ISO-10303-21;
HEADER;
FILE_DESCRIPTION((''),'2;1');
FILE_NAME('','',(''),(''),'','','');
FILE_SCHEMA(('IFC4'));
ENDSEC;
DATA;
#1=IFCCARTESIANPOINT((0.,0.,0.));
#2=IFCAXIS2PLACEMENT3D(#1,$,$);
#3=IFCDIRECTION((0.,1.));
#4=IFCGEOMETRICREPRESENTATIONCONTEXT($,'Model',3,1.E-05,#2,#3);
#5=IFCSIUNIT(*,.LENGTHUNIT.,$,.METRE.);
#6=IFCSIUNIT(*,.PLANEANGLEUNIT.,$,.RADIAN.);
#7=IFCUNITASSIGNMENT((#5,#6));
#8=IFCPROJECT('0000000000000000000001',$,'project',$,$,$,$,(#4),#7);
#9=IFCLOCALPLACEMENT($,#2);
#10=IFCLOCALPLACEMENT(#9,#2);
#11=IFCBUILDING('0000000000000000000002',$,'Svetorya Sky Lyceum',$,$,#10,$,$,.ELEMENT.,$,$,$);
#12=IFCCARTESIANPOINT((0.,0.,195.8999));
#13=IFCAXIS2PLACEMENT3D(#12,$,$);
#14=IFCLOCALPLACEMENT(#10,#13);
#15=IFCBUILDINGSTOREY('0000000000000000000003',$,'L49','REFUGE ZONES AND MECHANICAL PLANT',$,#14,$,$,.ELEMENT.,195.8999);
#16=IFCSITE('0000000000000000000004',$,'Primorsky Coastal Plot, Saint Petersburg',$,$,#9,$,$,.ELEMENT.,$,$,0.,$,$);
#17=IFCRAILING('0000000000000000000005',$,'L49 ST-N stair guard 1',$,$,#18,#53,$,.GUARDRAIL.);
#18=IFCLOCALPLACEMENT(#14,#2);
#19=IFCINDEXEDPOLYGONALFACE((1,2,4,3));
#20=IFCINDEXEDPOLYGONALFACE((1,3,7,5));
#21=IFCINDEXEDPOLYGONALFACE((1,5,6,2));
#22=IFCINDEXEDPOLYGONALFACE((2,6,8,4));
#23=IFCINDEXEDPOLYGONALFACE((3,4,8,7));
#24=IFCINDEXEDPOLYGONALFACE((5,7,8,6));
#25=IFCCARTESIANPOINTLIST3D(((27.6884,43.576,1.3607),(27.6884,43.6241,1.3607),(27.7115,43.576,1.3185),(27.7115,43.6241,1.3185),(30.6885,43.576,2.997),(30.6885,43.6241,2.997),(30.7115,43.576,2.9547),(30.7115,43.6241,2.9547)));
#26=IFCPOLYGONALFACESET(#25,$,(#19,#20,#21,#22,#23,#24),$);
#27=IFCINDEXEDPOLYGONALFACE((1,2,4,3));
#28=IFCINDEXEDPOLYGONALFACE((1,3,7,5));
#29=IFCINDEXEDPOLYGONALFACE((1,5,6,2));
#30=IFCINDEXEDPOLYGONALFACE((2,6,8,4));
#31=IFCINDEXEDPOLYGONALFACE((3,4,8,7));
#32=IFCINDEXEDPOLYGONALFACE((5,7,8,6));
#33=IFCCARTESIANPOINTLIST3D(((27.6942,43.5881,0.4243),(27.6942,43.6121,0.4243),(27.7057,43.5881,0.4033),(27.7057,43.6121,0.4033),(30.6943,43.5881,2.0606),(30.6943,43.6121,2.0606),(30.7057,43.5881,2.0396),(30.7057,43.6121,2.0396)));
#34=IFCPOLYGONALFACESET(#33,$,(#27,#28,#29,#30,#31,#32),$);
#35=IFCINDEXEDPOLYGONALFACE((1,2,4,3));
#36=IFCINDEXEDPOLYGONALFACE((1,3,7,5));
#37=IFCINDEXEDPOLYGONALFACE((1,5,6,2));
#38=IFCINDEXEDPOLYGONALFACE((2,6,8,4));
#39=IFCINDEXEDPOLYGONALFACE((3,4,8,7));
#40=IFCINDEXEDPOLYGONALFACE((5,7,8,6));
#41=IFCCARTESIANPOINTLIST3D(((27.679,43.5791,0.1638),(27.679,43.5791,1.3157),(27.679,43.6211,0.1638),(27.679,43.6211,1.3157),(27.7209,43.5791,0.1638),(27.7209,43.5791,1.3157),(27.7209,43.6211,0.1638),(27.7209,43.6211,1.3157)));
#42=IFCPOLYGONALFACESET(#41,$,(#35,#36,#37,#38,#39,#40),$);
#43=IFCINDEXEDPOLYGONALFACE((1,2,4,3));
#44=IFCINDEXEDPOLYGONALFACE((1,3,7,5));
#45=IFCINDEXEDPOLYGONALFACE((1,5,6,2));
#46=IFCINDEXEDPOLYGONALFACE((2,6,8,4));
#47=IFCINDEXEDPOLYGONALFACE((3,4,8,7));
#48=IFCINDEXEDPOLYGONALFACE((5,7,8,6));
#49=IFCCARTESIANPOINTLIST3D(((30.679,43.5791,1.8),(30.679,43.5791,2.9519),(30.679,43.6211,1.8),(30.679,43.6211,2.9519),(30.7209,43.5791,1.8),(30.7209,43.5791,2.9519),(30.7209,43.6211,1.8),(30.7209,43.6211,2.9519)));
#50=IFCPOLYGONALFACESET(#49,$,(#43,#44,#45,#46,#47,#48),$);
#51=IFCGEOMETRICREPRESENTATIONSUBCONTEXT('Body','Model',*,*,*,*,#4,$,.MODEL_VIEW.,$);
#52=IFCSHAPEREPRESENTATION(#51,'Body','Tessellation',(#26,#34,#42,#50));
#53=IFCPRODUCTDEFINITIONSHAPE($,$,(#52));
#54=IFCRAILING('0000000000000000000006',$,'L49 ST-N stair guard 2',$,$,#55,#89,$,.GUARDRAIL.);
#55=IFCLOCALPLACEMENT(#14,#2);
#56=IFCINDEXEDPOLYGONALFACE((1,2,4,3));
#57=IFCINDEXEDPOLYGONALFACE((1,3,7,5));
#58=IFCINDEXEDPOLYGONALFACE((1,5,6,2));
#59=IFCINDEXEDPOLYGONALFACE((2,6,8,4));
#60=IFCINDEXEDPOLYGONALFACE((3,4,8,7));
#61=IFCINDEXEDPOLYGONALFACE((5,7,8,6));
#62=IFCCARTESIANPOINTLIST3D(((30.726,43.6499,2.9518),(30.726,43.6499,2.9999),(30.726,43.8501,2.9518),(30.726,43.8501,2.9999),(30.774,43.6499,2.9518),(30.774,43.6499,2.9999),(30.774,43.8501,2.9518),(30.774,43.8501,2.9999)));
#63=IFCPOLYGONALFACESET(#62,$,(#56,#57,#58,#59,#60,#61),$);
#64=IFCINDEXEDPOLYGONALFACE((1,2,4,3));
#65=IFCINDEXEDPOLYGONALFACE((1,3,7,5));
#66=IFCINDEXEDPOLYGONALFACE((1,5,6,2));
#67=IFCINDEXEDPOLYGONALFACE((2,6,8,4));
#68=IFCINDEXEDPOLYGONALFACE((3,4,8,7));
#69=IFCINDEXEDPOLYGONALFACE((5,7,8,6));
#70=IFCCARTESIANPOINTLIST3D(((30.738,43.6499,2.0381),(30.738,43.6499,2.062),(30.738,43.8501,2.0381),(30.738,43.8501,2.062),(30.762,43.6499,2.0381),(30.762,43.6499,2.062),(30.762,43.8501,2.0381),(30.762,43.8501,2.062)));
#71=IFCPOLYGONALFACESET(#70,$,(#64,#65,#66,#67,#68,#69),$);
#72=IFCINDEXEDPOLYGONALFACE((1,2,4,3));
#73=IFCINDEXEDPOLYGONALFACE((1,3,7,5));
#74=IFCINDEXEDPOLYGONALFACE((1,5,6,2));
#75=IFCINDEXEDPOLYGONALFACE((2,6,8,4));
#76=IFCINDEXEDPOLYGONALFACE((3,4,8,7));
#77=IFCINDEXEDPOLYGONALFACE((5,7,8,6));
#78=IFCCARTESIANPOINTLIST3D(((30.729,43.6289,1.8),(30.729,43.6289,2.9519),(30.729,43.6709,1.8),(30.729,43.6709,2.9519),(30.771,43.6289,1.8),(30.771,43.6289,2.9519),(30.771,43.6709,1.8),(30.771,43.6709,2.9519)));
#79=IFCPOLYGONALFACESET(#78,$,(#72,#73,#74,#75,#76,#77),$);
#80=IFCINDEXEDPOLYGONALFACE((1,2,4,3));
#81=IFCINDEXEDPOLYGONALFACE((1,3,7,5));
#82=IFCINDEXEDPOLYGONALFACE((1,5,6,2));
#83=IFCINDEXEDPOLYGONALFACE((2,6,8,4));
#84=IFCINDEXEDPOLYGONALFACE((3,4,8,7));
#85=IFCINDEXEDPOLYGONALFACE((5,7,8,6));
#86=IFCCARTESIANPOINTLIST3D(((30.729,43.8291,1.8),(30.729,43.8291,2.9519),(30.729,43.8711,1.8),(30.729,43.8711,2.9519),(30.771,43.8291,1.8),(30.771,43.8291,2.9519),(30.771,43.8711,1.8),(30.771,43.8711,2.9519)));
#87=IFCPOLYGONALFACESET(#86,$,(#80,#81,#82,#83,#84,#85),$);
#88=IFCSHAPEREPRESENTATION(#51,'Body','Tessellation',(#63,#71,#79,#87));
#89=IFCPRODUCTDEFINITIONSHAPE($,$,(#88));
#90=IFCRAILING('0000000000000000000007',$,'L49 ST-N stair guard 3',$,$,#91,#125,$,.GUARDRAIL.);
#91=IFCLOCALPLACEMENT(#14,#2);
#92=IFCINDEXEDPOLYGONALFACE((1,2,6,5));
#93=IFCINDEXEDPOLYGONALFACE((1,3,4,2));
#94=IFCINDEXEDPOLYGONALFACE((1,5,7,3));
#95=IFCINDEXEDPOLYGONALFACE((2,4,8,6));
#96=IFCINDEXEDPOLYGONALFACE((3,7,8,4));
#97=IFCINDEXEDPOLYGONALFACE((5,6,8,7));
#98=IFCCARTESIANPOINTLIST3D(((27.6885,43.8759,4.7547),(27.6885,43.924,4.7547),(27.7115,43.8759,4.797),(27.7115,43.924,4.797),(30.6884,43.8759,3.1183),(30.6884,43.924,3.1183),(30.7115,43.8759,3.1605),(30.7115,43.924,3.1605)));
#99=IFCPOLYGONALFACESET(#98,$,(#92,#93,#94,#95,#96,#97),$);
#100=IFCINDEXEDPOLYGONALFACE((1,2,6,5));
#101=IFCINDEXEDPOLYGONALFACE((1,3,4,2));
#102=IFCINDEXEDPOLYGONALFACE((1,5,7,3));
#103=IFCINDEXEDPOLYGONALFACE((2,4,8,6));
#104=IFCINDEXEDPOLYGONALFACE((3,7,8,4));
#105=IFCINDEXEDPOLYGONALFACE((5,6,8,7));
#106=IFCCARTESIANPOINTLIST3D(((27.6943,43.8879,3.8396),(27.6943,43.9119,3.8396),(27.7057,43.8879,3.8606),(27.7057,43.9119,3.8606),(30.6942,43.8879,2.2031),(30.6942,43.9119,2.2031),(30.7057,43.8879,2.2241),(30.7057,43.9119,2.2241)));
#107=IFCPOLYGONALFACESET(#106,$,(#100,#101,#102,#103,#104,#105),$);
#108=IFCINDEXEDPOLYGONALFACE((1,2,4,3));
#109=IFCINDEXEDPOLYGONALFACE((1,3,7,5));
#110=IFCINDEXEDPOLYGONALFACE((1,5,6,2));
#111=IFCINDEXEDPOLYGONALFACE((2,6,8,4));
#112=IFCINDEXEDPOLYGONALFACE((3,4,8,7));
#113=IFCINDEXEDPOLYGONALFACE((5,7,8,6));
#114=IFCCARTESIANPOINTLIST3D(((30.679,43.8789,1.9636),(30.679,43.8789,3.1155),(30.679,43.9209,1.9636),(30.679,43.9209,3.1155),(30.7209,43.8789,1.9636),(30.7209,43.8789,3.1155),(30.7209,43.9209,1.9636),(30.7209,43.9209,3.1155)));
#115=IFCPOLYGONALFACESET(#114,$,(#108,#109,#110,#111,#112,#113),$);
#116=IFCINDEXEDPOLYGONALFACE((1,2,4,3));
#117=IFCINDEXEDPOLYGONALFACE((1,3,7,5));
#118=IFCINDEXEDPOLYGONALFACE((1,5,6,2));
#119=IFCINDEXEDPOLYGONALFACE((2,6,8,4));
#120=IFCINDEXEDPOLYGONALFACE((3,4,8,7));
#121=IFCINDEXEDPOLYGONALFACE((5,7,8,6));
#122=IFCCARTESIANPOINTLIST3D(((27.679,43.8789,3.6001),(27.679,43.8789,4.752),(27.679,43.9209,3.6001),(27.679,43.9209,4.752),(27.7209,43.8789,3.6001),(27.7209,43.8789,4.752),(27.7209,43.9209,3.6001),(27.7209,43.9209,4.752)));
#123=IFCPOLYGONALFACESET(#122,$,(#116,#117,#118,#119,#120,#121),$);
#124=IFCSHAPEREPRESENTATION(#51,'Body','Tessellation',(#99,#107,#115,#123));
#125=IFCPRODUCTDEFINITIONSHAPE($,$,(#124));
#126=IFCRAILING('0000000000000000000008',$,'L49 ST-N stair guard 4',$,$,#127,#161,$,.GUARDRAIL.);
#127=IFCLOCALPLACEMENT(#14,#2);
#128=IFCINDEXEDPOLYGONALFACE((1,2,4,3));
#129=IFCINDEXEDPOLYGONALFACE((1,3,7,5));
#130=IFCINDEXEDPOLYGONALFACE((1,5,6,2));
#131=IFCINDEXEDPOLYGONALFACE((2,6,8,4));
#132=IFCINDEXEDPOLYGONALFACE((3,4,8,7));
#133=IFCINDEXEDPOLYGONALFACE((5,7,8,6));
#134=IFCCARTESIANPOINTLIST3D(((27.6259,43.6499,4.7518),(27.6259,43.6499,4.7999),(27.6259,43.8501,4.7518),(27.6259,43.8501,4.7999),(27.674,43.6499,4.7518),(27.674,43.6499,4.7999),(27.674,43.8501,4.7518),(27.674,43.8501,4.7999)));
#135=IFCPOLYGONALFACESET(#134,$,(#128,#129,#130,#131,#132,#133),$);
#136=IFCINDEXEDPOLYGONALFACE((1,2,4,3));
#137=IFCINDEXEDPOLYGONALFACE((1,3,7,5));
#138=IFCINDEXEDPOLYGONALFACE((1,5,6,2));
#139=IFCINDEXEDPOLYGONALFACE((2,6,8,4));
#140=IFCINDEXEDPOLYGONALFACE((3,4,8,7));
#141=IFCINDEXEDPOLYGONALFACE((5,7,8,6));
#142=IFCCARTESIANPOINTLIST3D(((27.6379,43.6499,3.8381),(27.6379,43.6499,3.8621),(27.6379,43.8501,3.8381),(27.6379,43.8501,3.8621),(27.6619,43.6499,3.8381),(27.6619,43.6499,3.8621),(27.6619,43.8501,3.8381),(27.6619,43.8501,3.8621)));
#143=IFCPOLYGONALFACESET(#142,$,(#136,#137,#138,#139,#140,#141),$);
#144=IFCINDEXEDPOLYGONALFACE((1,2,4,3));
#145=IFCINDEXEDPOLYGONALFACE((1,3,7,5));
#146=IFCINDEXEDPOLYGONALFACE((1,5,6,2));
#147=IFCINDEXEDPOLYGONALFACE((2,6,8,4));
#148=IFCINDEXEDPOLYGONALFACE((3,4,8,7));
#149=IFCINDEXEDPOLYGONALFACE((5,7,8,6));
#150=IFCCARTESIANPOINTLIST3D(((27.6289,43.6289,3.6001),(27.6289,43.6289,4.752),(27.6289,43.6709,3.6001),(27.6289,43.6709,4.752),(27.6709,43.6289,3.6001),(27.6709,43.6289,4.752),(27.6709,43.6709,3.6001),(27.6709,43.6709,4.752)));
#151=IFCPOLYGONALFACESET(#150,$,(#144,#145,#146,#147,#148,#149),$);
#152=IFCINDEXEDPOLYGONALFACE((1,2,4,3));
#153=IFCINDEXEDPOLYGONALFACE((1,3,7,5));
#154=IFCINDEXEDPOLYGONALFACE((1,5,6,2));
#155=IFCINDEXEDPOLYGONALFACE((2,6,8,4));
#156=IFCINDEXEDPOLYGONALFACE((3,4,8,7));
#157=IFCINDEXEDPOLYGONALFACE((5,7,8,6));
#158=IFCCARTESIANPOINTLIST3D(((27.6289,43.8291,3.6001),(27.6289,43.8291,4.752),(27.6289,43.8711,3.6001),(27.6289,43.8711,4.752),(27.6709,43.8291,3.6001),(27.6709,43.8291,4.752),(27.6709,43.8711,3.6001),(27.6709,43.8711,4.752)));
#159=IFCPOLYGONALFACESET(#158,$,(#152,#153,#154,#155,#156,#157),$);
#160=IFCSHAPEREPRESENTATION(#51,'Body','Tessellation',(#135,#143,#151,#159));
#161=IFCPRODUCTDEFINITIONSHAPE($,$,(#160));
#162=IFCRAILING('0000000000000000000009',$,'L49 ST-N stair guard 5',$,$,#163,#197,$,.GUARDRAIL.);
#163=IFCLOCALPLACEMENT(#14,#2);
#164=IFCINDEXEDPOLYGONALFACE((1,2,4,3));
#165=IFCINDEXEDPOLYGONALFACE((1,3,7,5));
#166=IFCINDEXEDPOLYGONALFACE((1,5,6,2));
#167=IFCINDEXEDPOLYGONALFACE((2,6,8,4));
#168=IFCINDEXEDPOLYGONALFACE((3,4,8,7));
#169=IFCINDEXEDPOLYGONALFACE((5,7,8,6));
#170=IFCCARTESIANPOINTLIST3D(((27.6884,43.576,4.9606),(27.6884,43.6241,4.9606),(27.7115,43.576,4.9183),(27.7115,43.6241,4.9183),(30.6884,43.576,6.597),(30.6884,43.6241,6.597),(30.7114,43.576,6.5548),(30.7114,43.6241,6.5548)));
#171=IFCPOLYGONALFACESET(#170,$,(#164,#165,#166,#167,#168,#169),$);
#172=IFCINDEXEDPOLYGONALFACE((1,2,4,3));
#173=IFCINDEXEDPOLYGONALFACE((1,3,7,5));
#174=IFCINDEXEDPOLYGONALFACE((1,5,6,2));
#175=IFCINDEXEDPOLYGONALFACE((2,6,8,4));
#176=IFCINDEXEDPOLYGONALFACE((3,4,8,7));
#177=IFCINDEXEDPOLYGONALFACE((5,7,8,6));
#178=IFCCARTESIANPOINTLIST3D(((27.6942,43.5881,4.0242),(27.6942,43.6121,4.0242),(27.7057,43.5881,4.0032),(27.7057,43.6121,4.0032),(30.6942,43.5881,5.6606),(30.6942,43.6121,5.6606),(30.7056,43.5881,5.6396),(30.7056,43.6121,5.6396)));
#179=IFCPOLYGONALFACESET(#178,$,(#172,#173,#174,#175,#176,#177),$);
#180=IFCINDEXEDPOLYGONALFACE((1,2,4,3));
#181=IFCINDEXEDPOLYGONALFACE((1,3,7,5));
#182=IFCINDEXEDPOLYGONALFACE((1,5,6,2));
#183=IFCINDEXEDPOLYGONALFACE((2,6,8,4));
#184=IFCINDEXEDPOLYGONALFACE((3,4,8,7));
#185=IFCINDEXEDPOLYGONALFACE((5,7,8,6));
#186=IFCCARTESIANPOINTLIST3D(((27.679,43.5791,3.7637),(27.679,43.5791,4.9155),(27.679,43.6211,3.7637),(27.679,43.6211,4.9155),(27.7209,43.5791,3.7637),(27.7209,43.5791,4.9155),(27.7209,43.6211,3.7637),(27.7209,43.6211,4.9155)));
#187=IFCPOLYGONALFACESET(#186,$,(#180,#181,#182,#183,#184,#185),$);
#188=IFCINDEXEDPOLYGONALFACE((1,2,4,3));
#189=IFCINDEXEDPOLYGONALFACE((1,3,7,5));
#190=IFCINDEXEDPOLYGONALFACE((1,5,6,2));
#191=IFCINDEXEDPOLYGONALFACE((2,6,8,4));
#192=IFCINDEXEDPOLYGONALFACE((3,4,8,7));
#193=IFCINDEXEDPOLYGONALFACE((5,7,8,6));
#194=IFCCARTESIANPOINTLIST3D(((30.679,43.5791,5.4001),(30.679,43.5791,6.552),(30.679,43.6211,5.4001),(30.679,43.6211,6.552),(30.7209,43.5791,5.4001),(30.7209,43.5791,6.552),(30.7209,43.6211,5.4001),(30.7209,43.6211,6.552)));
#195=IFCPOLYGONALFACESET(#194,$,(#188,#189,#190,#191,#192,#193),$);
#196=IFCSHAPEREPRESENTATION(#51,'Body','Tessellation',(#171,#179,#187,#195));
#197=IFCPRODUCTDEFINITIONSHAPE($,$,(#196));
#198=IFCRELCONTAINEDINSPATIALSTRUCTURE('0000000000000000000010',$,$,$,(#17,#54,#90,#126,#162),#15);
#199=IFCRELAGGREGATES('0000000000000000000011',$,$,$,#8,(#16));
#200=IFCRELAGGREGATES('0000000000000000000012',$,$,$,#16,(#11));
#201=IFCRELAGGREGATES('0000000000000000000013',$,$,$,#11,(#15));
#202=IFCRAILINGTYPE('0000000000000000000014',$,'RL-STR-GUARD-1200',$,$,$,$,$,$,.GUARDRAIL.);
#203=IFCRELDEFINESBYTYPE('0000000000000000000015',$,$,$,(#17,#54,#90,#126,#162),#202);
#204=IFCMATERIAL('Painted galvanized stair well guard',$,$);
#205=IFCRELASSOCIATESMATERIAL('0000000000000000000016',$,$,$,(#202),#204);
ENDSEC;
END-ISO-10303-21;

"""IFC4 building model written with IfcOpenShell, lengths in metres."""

from ifc_helpers import new_model, si_unit, direction, frame, origin, origin_2d, place, context, subcontext, project, spatial, rectangle, extrude, material, type_object, element, save


model = new_model("IFC4")

# Units and contexts
model_context = context("Model", 3, precision=1e-05, world=origin(), true_north=direction((0.0, 1.0)))
body_context = subcontext(model_context, "Body", "Model", "MODEL_VIEW")
ifc_project = project(units=[si_unit("LENGTHUNIT", "METRE"), si_unit("PLANEANGLEUNIT", "RADIAN")], contexts=[model_context])

# Site, building, storey
site_placement = place(None, origin())
site = spatial("IfcSite", under=ifc_project, at=site_placement, Name="Primorsky Coastal Plot, Saint Petersburg", CompositionType="ELEMENT", RefElevation=0.0)
building_placement = place(site_placement, origin())
building = spatial("IfcBuilding", under=site, at=building_placement, Name="Svetorya Sky Lyceum", CompositionType="ELEMENT")
storey_placement = place(building_placement, frame((0.0, 0.0, 195.8999)))
storey = spatial("IfcBuildingStorey", under=building, at=storey_placement, Name="L49", Description="REFUGE ZONES AND MECHANICAL PLANT", CompositionType="ELEMENT", Elevation=195.8999)

# Railings
ifc_material_1 = material(Name="Painted galvanized stair well guard")
railing_type_1 = type_object("IfcRailingType", Name="RL-STR-GUARD-1200", PredefinedType="GUARDRAIL", material=ifc_material_1)
railing_1_placement = place(storey_placement, frame((27.7, 43.6001, 0.1638)))
element("IfcRailing", 1, at=railing_1_placement, inside=storey, type_object=railing_type_1, Name="L49 ST-N stair guard 1", PredefinedType="GUARDRAIL", context=body_context, shape_type="SweptSolid", body=[
    extrude(rectangle(XDim=0.0481, YDim=0.0481, at=origin_2d()), frame((0.0, 0.0, 1.1758), z_axis=(0.877912, 0.0, 0.478822), x_axis=(0.0, 1.0, 0.0)), (0.0, 0.0, 1.0), 3.4172),
    extrude(rectangle(XDim=0.0239, YDim=0.0239, at=origin_2d()), frame((0.0, 0.0, 0.25), z_axis=(0.877912, 0.0, 0.478822), x_axis=(0.0, 1.0, 0.0)), (0.0, 0.0, 1.0), 3.4172),
    extrude(rectangle(XDim=0.042, YDim=0.042, at=origin_2d()), origin(), (0.0, 0.0, 1.0), 1.1519),
    extrude(rectangle(XDim=0.042, YDim=0.042, at=origin_2d()), frame((3.0, 0.0, 1.6362)), (0.0, 0.0, 1.0), 1.1519),
])
railing_2_placement = place(storey_placement, frame((30.75, 43.6499, 1.8)))
element("IfcRailing", 2, at=railing_2_placement, inside=storey, type_object=railing_type_1, Name="L49 ST-N stair guard 2", PredefinedType="GUARDRAIL", context=body_context, shape_type="SweptSolid", body=[
    extrude(rectangle(XDim=0.0481, YDim=0.0481, at=origin_2d()), frame((0.0, 0.0, 1.1758), z_axis=(0.0, 1.0, 0.0), x_axis=(-1.0, 0.0, 0.0)), (0.0, 0.0, 1.0), 0.2002),
    extrude(rectangle(XDim=0.0239, YDim=0.0239, at=origin_2d()), frame((0.0, 0.0, 0.25), z_axis=(0.0, 1.0, 0.0), x_axis=(-1.0, 0.0, 0.0)), (0.0, 0.0, 1.0), 0.2002),
    extrude(rectangle(XDim=0.042, YDim=0.042, at=origin_2d()), origin(), (0.0, 0.0, 1.0), 1.1519),
    extrude(rectangle(XDim=0.042, YDim=0.042, at=origin_2d()), frame((0.0, 0.2002, 0.0)), (0.0, 0.0, 1.0), 1.1519),
])
railing_3_placement = place(storey_placement, frame((30.7, 43.8999, 1.9636)))
element("IfcRailing", 3, at=railing_3_placement, inside=storey, type_object=railing_type_1, Name="L49 ST-N stair guard 3", PredefinedType="GUARDRAIL", context=body_context, shape_type="SweptSolid", body=[
    extrude(rectangle(XDim=0.0481, YDim=0.0481, at=origin_2d()), frame((0.0, 0.0, 1.1758), z_axis=(-0.877882, 0.0, 0.478877), x_axis=(0.0, -1.0, 0.0)), (0.0, 0.0, 1.0), 3.4172),
    extrude(rectangle(XDim=0.0239, YDim=0.0239, at=origin_2d()), frame((0.0, 0.0, 0.25), z_axis=(-0.877882, 0.0, 0.478877), x_axis=(0.0, -1.0, 0.0)), (0.0, 0.0, 1.0), 3.4172),
    extrude(rectangle(XDim=0.042, YDim=0.042, at=origin_2d()), origin(), (0.0, 0.0, 1.0), 1.1519),
    extrude(rectangle(XDim=0.042, YDim=0.042, at=origin_2d()), frame((-3.0, 0.0, 1.6365)), (0.0, 0.0, 1.0), 1.1519),
])
railing_4_placement = place(storey_placement, frame((27.6499, 43.6499, 3.6001)))
element("IfcRailing", 4, at=railing_4_placement, inside=storey, type_object=railing_type_1, Name="L49 ST-N stair guard 4", PredefinedType="GUARDRAIL", context=body_context, shape_type="SweptSolid", body=[
    extrude(rectangle(XDim=0.0481, YDim=0.0481, at=origin_2d()), frame((0.0, 0.0, 1.1758), z_axis=(0.0, 1.0, 0.0), x_axis=(-1.0, 0.0, 0.0)), (0.0, 0.0, 1.0), 0.2002),
    extrude(rectangle(XDim=0.0239, YDim=0.0239, at=origin_2d()), frame((0.0, 0.0, 0.25), z_axis=(0.0, 1.0, 0.0), x_axis=(-1.0, 0.0, 0.0)), (0.0, 0.0, 1.0), 0.2002),
    extrude(rectangle(XDim=0.042, YDim=0.042, at=origin_2d()), origin(), (0.0, 0.0, 1.0), 1.1519),
    extrude(rectangle(XDim=0.042, YDim=0.042, at=origin_2d()), frame((0.0, 0.2002, 0.0)), (0.0, 0.0, 1.0), 1.1519),
])
railing_5_placement = place(storey_placement, frame((27.7, 43.6001, 3.7637)))
element("IfcRailing", 5, at=railing_5_placement, inside=storey, type_object=railing_type_1, Name="L49 ST-N stair guard 5", PredefinedType="GUARDRAIL", context=body_context, shape_type="SweptSolid", body=[
    extrude(rectangle(XDim=0.0481, YDim=0.0481, at=origin_2d()), frame((0.0, 0.0, 1.1758), z_axis=(0.877882, 0.0, 0.478877), x_axis=(0.0, 1.0, 0.0)), (0.0, 0.0, 1.0), 3.4172),
    extrude(rectangle(XDim=0.0239, YDim=0.0239, at=origin_2d()), frame((0.0, 0.0, 0.25), z_axis=(0.877882, 0.0, 0.478877), x_axis=(0.0, 1.0, 0.0)), (0.0, 0.0, 1.0), 3.4172),
    extrude(rectangle(XDim=0.042, YDim=0.042, at=origin_2d()), origin(), (0.0, 0.0, 1.0), 1.1519),
    extrude(rectangle(XDim=0.042, YDim=0.042, at=origin_2d()), frame((3.0, 0.0, 1.6365)), (0.0, 0.0, 1.0), 1.1519),
])

save(model, "model.ifc")
